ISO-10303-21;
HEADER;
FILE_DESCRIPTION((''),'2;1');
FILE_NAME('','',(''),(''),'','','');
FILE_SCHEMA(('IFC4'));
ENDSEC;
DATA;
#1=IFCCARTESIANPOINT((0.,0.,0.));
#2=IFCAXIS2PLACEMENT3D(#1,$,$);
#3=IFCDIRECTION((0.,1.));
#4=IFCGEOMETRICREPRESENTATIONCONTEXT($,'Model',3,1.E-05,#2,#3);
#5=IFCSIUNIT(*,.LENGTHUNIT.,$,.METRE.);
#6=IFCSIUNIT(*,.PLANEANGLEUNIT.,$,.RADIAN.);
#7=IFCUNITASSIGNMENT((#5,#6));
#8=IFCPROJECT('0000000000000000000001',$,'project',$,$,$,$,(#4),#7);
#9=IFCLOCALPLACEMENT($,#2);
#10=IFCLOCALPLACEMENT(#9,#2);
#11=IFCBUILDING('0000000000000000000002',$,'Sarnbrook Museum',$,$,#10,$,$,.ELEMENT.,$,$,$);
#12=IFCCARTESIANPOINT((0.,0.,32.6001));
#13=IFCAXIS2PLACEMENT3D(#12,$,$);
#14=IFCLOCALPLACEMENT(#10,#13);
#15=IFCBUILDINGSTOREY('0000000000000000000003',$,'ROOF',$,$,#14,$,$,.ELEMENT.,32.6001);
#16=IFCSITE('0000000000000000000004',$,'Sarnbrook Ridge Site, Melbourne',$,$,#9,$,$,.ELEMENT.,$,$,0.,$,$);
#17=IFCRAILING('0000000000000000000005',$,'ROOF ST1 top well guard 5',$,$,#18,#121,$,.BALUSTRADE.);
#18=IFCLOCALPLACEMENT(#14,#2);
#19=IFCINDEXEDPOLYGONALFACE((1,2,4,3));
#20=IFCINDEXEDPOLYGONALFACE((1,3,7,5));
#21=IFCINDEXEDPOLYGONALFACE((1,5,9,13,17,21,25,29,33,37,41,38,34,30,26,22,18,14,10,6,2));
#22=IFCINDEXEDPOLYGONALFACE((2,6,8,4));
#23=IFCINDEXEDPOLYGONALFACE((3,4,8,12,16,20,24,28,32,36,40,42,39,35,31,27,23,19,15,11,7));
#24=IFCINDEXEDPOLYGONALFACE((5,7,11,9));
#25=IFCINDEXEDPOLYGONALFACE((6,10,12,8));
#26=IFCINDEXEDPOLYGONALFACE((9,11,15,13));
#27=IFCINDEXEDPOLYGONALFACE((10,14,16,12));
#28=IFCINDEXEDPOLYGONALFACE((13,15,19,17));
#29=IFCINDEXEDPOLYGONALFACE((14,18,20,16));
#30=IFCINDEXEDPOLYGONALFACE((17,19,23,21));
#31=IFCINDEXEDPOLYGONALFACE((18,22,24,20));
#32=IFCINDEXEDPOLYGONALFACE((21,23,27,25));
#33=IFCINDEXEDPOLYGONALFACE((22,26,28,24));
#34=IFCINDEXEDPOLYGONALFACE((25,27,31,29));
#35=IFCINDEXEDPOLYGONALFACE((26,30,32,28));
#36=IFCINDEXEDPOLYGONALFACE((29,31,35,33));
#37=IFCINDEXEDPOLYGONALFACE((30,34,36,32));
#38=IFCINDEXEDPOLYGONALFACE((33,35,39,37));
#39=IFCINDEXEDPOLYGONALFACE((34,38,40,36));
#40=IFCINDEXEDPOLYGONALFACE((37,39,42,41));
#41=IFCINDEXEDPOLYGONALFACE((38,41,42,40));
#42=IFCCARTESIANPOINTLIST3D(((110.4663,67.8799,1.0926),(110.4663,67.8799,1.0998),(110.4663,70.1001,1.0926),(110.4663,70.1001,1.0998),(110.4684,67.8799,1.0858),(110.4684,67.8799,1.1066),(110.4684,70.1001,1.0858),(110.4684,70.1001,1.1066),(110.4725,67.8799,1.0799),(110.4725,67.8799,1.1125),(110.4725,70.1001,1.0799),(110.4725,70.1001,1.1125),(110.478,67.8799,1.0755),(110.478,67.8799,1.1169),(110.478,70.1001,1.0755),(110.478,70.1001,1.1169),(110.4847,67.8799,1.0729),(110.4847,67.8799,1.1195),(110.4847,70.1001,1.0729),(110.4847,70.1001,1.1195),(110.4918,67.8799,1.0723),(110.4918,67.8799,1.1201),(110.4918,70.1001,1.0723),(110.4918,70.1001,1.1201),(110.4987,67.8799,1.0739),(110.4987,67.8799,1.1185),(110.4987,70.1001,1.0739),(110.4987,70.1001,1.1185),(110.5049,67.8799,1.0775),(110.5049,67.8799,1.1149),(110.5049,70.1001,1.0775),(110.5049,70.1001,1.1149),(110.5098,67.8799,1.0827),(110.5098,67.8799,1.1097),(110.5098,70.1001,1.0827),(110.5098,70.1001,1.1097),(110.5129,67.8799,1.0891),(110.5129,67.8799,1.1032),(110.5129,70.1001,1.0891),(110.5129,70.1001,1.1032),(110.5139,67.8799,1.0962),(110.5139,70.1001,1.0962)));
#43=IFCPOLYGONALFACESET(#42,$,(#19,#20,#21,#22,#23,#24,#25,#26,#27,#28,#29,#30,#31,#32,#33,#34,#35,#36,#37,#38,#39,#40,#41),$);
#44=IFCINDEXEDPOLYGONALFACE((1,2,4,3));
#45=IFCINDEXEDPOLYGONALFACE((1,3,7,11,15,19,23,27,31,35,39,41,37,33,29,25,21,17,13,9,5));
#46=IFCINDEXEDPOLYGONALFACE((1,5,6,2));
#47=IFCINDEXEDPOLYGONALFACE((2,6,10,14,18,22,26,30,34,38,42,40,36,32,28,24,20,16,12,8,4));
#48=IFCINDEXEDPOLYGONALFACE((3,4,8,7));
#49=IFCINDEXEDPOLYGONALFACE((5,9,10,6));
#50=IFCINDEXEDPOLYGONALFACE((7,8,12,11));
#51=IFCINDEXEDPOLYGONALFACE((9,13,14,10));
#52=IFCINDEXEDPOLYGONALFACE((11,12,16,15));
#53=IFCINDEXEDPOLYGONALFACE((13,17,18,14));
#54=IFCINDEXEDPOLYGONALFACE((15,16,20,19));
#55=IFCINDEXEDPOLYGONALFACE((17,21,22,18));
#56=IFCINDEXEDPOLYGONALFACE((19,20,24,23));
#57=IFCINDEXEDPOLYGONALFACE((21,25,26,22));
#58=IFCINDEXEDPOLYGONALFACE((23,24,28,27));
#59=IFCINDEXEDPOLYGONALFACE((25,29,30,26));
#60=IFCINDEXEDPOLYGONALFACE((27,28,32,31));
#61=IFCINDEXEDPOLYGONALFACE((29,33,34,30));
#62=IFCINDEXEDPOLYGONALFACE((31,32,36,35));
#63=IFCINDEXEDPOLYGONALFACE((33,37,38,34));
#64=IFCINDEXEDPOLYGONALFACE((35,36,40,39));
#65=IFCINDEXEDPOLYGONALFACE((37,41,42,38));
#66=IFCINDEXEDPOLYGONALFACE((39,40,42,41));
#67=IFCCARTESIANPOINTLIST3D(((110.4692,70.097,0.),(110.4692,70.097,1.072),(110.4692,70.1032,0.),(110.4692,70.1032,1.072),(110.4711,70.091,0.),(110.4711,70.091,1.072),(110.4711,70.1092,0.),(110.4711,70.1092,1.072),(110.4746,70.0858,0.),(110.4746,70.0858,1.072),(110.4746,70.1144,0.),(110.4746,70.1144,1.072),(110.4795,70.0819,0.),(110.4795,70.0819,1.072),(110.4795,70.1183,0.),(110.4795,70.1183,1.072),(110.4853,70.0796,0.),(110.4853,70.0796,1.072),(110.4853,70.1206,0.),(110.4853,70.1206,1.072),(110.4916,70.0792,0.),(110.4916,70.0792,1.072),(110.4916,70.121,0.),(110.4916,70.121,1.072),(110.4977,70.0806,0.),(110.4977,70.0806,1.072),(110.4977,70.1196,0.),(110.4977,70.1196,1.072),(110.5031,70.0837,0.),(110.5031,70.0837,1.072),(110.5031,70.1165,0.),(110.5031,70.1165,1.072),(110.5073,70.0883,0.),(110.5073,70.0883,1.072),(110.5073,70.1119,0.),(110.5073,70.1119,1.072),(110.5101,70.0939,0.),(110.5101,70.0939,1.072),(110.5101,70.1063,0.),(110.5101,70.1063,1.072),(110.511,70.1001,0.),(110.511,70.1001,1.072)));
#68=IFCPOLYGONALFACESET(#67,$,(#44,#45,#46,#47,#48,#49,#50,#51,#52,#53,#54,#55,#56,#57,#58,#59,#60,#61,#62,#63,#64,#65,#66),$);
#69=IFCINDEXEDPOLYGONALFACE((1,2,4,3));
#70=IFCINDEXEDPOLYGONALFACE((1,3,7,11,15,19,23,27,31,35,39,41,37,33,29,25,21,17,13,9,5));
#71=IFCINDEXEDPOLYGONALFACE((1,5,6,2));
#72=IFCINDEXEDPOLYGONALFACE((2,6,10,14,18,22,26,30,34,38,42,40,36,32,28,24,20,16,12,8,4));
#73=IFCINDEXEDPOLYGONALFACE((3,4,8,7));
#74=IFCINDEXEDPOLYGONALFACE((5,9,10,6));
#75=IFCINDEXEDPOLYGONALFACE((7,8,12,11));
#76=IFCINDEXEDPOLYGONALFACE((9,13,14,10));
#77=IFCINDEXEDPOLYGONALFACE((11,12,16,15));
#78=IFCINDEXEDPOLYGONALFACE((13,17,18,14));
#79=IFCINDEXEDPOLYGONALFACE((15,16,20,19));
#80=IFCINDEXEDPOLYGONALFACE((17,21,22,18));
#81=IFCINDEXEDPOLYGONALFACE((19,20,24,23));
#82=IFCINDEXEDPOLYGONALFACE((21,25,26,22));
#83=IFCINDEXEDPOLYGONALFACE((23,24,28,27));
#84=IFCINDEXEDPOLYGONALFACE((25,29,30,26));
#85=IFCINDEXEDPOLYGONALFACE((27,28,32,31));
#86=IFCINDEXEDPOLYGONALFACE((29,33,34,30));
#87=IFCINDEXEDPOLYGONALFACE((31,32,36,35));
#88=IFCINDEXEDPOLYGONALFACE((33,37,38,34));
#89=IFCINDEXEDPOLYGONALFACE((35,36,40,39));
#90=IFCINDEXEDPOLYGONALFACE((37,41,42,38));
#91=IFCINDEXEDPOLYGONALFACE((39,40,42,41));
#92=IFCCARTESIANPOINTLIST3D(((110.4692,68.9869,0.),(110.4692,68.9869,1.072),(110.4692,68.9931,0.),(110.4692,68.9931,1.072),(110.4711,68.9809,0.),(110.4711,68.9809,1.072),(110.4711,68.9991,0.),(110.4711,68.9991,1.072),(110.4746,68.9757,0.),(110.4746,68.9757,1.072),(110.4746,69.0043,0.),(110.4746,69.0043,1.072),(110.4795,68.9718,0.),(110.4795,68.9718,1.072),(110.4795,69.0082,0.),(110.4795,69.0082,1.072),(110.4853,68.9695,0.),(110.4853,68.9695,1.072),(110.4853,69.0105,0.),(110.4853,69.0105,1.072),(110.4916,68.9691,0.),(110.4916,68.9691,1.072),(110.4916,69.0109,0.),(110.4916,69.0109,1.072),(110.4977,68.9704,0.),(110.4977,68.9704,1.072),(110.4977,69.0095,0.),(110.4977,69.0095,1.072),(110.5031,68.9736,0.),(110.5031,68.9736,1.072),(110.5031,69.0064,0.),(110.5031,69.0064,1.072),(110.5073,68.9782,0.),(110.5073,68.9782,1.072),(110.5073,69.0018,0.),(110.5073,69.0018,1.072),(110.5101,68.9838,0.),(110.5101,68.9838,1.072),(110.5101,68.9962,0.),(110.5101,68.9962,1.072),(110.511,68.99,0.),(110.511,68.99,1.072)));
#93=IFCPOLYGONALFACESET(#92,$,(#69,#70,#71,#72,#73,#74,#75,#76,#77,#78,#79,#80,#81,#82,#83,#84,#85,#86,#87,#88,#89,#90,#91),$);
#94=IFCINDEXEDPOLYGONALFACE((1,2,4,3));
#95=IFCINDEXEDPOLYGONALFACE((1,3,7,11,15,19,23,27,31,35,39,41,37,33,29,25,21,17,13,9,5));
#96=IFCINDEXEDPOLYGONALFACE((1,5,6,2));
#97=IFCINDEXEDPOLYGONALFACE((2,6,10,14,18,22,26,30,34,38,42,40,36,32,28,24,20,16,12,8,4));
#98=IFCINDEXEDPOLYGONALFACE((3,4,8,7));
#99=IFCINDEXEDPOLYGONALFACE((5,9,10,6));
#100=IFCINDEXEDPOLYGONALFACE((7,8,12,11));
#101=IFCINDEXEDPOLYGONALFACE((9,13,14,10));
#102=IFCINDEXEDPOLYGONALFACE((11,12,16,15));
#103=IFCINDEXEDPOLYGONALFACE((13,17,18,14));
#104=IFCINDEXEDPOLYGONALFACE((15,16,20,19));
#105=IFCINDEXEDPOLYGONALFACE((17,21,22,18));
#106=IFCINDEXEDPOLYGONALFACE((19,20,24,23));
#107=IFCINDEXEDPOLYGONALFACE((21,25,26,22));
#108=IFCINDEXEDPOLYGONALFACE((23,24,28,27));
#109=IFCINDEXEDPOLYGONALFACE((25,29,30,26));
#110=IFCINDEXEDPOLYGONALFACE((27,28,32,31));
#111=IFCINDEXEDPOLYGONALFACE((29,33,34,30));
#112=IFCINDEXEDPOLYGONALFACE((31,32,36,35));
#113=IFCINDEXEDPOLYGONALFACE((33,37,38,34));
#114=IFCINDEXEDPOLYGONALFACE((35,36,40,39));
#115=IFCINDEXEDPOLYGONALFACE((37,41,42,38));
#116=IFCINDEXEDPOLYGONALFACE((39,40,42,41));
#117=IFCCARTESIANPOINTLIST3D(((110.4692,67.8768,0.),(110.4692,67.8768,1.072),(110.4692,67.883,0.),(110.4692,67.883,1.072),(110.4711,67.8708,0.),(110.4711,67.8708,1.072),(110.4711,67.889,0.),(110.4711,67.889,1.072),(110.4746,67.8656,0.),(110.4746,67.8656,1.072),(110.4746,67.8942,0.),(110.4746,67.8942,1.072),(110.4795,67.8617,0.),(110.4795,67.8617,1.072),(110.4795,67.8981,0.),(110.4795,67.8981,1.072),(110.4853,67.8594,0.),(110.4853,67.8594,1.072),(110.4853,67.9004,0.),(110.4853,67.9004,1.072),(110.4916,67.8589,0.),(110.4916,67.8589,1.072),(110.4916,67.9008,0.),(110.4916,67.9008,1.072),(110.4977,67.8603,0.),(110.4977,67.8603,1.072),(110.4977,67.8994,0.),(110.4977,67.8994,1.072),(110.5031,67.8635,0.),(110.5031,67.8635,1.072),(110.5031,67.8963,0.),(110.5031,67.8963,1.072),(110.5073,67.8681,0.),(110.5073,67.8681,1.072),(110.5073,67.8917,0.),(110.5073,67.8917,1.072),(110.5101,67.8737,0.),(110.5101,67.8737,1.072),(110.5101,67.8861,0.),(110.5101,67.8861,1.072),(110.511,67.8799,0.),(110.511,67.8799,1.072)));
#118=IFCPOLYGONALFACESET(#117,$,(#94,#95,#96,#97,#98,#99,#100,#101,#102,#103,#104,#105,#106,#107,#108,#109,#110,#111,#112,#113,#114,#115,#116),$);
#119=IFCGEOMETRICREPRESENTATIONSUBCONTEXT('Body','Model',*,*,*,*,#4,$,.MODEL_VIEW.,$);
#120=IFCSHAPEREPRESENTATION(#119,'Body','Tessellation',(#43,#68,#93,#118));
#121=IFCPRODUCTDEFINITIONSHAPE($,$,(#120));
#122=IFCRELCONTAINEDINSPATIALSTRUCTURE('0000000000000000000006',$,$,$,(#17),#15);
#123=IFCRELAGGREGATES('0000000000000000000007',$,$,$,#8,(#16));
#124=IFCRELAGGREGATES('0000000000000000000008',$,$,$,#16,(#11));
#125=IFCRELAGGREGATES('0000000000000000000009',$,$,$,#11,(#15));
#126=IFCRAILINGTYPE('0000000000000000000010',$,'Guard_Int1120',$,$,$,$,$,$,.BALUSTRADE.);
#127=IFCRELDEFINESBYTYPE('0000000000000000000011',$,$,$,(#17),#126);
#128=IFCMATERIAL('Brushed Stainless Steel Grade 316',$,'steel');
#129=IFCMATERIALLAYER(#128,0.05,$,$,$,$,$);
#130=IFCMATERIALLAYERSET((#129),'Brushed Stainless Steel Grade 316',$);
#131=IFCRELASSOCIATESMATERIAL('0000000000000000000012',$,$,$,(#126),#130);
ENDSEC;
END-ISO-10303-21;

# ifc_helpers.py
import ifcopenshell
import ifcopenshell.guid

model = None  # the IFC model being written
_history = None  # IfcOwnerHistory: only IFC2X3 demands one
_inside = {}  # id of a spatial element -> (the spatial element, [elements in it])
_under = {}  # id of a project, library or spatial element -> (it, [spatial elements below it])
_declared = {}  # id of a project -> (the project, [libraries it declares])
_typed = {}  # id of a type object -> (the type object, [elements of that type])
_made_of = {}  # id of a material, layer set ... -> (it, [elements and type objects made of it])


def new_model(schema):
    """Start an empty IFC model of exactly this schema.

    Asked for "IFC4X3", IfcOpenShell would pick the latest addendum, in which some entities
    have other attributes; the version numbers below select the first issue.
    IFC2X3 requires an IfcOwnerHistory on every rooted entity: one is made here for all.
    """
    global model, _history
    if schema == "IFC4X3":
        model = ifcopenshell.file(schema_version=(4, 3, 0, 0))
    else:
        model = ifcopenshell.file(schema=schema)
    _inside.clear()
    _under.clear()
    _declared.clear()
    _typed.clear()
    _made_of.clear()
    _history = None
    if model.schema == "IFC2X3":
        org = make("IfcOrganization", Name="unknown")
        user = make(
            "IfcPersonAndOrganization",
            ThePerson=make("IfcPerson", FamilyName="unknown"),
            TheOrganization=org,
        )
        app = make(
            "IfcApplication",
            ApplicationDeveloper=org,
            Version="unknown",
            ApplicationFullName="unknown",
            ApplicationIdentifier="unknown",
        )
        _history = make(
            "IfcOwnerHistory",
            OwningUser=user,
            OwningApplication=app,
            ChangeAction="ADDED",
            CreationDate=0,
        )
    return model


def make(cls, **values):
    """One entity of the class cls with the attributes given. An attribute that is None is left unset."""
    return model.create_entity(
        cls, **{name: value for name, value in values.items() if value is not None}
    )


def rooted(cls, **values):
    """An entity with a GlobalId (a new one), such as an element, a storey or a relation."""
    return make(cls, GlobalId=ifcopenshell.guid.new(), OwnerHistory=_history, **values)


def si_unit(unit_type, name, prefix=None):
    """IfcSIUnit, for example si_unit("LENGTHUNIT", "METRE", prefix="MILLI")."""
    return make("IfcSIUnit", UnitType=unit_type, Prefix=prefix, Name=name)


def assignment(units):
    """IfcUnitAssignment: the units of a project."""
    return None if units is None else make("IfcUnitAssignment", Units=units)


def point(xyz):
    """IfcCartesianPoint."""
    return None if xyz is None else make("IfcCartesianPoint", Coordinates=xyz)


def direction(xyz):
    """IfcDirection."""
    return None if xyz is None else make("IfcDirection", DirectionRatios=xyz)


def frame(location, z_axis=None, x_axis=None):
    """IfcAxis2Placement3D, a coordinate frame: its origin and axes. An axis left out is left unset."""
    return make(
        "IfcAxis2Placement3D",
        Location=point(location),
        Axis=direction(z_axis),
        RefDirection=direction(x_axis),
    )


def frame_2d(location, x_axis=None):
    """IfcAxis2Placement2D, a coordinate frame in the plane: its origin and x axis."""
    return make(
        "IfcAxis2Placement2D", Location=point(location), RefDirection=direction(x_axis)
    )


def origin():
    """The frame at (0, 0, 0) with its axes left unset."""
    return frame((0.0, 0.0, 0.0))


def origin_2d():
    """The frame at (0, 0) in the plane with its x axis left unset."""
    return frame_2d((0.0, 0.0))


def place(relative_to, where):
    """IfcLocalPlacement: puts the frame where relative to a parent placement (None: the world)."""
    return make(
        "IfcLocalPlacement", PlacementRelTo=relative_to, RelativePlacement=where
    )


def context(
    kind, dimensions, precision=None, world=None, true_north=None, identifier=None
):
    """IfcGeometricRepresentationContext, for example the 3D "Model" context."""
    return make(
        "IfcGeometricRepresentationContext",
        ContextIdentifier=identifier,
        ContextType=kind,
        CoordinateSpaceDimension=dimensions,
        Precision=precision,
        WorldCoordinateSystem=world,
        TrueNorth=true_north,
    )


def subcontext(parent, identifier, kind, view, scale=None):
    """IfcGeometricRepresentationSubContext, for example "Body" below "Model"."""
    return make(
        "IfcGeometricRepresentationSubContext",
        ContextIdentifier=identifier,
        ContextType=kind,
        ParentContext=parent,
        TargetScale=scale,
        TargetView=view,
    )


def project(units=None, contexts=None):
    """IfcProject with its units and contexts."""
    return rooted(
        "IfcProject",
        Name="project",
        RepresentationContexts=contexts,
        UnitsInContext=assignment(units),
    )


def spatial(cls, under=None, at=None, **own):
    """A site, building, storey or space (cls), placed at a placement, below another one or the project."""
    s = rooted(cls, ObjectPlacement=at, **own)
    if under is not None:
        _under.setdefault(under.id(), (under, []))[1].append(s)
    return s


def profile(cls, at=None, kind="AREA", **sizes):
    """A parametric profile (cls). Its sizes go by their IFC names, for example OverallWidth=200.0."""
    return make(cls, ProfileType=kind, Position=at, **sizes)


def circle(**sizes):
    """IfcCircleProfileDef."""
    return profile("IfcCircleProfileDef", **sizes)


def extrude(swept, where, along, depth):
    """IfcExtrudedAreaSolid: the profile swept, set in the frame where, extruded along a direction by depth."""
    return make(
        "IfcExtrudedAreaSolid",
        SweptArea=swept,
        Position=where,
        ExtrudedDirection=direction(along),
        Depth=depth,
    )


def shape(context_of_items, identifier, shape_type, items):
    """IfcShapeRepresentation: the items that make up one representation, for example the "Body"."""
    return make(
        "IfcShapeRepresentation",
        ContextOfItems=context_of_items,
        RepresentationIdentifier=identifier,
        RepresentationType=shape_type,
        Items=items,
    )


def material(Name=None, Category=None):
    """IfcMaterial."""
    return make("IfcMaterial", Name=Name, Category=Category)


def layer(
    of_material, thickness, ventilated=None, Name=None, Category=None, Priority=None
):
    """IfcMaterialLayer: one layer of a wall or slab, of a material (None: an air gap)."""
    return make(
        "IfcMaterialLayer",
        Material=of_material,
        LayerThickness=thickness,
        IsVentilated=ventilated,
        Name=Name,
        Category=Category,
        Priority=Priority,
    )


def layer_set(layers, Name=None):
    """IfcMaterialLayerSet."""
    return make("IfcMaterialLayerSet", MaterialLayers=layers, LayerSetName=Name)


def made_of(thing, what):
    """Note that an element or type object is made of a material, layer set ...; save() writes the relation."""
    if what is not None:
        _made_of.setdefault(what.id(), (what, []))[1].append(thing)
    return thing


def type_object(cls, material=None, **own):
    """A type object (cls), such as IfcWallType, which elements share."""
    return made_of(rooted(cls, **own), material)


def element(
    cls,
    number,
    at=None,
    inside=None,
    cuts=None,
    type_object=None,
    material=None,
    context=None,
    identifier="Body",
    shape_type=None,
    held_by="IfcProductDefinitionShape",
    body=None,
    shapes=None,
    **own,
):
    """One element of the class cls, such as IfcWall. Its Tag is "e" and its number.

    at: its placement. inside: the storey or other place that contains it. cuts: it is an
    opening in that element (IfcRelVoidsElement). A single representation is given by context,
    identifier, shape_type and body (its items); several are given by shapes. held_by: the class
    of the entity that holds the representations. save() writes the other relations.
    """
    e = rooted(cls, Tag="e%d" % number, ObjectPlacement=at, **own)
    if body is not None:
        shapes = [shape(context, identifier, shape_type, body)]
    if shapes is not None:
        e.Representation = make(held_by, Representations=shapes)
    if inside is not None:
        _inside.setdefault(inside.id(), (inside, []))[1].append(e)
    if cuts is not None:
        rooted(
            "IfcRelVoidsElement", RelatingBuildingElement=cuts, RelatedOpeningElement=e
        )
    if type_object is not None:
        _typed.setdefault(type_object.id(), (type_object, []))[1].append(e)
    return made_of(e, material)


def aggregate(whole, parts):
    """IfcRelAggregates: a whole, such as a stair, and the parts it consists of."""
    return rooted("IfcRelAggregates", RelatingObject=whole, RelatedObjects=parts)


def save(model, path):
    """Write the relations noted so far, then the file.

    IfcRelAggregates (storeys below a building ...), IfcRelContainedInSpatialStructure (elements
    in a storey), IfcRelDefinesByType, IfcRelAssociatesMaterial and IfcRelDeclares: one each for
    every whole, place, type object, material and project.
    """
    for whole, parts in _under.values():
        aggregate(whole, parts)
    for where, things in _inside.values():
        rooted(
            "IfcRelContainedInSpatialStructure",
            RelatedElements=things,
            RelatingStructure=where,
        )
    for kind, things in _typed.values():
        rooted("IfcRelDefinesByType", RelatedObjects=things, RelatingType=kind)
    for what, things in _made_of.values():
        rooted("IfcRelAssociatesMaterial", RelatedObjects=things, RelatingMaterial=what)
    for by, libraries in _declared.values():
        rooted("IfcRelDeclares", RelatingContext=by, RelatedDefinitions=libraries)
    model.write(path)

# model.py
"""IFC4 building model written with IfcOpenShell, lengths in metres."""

from ifc_helpers import new_model, si_unit, direction, frame, origin, origin_2d, place, context, subcontext, project, spatial, circle, extrude, material, layer, layer_set, type_object, element, save


model = new_model("IFC4")

# Units and contexts
model_context = context("Model", 3, precision=1e-05, world=origin(), true_north=direction((0.0, 1.0)))
body_context = subcontext(model_context, "Body", "Model", "MODEL_VIEW")
ifc_project = project(units=[si_unit("LENGTHUNIT", "METRE"), si_unit("PLANEANGLEUNIT", "RADIAN")], contexts=[model_context])

# Site, building, storey
site_placement = place(None, origin())
site = spatial("IfcSite", under=ifc_project, at=site_placement, Name="Sarnbrook Ridge Site, Melbourne", CompositionType="ELEMENT", RefElevation=0.0)
building_placement = place(site_placement, origin())
building = spatial("IfcBuilding", under=site, at=building_placement, Name="Sarnbrook Museum", CompositionType="ELEMENT")
storey_placement = place(building_placement, frame((0.0, 0.0, 32.6001)))
storey = spatial("IfcBuildingStorey", under=building, at=storey_placement, Name="ROOF", CompositionType="ELEMENT", Elevation=32.6001)

# Shared definitions
ifc_material_1 = material(Name="Brushed Stainless Steel Grade 316", Category="steel")

# Railing
ifc_layer_1 = layer(ifc_material_1, 0.05)
ifc_layer_set_1 = layer_set([ifc_layer_1], Name="Brushed Stainless Steel Grade 316")
railing_type = type_object("IfcRailingType", Name="Guard_Int1120", PredefinedType="BALUSTRADE", material=ifc_layer_set_1)
for number, where, name in (
    (1, (110.49, 70.1001, 0.0), "ROOF ST1 top well guard 5"),
):
    element("IfcRailing", number, at=place(storey_placement, frame(where)), inside=storey, type_object=railing_type, Name=name, PredefinedType="BALUSTRADE", context=body_context, shape_type="SweptSolid", body=[
        extrude(circle(Radius=0.0239, at=origin_2d()), frame((0.0, 0.0, 1.0962), z_axis=(0.0, -1.0, 0.0), x_axis=(1.0, 0.0, 0.0)), (0.0, 0.0, 1.0), 2.2202),
        extrude(circle(Radius=0.021, at=origin_2d()), origin(), (0.0, 0.0, 1.0), 1.072),
        extrude(circle(Radius=0.021, at=origin_2d()), frame((0.0, -1.1101, 0.0)), (0.0, 0.0, 1.0), 1.072),
        extrude(circle(Radius=0.021, at=origin_2d()), frame((0.0, -2.2202, 0.0)), (0.0, 0.0, 1.0), 1.072),
    ])

save(model, "model.ifc")
